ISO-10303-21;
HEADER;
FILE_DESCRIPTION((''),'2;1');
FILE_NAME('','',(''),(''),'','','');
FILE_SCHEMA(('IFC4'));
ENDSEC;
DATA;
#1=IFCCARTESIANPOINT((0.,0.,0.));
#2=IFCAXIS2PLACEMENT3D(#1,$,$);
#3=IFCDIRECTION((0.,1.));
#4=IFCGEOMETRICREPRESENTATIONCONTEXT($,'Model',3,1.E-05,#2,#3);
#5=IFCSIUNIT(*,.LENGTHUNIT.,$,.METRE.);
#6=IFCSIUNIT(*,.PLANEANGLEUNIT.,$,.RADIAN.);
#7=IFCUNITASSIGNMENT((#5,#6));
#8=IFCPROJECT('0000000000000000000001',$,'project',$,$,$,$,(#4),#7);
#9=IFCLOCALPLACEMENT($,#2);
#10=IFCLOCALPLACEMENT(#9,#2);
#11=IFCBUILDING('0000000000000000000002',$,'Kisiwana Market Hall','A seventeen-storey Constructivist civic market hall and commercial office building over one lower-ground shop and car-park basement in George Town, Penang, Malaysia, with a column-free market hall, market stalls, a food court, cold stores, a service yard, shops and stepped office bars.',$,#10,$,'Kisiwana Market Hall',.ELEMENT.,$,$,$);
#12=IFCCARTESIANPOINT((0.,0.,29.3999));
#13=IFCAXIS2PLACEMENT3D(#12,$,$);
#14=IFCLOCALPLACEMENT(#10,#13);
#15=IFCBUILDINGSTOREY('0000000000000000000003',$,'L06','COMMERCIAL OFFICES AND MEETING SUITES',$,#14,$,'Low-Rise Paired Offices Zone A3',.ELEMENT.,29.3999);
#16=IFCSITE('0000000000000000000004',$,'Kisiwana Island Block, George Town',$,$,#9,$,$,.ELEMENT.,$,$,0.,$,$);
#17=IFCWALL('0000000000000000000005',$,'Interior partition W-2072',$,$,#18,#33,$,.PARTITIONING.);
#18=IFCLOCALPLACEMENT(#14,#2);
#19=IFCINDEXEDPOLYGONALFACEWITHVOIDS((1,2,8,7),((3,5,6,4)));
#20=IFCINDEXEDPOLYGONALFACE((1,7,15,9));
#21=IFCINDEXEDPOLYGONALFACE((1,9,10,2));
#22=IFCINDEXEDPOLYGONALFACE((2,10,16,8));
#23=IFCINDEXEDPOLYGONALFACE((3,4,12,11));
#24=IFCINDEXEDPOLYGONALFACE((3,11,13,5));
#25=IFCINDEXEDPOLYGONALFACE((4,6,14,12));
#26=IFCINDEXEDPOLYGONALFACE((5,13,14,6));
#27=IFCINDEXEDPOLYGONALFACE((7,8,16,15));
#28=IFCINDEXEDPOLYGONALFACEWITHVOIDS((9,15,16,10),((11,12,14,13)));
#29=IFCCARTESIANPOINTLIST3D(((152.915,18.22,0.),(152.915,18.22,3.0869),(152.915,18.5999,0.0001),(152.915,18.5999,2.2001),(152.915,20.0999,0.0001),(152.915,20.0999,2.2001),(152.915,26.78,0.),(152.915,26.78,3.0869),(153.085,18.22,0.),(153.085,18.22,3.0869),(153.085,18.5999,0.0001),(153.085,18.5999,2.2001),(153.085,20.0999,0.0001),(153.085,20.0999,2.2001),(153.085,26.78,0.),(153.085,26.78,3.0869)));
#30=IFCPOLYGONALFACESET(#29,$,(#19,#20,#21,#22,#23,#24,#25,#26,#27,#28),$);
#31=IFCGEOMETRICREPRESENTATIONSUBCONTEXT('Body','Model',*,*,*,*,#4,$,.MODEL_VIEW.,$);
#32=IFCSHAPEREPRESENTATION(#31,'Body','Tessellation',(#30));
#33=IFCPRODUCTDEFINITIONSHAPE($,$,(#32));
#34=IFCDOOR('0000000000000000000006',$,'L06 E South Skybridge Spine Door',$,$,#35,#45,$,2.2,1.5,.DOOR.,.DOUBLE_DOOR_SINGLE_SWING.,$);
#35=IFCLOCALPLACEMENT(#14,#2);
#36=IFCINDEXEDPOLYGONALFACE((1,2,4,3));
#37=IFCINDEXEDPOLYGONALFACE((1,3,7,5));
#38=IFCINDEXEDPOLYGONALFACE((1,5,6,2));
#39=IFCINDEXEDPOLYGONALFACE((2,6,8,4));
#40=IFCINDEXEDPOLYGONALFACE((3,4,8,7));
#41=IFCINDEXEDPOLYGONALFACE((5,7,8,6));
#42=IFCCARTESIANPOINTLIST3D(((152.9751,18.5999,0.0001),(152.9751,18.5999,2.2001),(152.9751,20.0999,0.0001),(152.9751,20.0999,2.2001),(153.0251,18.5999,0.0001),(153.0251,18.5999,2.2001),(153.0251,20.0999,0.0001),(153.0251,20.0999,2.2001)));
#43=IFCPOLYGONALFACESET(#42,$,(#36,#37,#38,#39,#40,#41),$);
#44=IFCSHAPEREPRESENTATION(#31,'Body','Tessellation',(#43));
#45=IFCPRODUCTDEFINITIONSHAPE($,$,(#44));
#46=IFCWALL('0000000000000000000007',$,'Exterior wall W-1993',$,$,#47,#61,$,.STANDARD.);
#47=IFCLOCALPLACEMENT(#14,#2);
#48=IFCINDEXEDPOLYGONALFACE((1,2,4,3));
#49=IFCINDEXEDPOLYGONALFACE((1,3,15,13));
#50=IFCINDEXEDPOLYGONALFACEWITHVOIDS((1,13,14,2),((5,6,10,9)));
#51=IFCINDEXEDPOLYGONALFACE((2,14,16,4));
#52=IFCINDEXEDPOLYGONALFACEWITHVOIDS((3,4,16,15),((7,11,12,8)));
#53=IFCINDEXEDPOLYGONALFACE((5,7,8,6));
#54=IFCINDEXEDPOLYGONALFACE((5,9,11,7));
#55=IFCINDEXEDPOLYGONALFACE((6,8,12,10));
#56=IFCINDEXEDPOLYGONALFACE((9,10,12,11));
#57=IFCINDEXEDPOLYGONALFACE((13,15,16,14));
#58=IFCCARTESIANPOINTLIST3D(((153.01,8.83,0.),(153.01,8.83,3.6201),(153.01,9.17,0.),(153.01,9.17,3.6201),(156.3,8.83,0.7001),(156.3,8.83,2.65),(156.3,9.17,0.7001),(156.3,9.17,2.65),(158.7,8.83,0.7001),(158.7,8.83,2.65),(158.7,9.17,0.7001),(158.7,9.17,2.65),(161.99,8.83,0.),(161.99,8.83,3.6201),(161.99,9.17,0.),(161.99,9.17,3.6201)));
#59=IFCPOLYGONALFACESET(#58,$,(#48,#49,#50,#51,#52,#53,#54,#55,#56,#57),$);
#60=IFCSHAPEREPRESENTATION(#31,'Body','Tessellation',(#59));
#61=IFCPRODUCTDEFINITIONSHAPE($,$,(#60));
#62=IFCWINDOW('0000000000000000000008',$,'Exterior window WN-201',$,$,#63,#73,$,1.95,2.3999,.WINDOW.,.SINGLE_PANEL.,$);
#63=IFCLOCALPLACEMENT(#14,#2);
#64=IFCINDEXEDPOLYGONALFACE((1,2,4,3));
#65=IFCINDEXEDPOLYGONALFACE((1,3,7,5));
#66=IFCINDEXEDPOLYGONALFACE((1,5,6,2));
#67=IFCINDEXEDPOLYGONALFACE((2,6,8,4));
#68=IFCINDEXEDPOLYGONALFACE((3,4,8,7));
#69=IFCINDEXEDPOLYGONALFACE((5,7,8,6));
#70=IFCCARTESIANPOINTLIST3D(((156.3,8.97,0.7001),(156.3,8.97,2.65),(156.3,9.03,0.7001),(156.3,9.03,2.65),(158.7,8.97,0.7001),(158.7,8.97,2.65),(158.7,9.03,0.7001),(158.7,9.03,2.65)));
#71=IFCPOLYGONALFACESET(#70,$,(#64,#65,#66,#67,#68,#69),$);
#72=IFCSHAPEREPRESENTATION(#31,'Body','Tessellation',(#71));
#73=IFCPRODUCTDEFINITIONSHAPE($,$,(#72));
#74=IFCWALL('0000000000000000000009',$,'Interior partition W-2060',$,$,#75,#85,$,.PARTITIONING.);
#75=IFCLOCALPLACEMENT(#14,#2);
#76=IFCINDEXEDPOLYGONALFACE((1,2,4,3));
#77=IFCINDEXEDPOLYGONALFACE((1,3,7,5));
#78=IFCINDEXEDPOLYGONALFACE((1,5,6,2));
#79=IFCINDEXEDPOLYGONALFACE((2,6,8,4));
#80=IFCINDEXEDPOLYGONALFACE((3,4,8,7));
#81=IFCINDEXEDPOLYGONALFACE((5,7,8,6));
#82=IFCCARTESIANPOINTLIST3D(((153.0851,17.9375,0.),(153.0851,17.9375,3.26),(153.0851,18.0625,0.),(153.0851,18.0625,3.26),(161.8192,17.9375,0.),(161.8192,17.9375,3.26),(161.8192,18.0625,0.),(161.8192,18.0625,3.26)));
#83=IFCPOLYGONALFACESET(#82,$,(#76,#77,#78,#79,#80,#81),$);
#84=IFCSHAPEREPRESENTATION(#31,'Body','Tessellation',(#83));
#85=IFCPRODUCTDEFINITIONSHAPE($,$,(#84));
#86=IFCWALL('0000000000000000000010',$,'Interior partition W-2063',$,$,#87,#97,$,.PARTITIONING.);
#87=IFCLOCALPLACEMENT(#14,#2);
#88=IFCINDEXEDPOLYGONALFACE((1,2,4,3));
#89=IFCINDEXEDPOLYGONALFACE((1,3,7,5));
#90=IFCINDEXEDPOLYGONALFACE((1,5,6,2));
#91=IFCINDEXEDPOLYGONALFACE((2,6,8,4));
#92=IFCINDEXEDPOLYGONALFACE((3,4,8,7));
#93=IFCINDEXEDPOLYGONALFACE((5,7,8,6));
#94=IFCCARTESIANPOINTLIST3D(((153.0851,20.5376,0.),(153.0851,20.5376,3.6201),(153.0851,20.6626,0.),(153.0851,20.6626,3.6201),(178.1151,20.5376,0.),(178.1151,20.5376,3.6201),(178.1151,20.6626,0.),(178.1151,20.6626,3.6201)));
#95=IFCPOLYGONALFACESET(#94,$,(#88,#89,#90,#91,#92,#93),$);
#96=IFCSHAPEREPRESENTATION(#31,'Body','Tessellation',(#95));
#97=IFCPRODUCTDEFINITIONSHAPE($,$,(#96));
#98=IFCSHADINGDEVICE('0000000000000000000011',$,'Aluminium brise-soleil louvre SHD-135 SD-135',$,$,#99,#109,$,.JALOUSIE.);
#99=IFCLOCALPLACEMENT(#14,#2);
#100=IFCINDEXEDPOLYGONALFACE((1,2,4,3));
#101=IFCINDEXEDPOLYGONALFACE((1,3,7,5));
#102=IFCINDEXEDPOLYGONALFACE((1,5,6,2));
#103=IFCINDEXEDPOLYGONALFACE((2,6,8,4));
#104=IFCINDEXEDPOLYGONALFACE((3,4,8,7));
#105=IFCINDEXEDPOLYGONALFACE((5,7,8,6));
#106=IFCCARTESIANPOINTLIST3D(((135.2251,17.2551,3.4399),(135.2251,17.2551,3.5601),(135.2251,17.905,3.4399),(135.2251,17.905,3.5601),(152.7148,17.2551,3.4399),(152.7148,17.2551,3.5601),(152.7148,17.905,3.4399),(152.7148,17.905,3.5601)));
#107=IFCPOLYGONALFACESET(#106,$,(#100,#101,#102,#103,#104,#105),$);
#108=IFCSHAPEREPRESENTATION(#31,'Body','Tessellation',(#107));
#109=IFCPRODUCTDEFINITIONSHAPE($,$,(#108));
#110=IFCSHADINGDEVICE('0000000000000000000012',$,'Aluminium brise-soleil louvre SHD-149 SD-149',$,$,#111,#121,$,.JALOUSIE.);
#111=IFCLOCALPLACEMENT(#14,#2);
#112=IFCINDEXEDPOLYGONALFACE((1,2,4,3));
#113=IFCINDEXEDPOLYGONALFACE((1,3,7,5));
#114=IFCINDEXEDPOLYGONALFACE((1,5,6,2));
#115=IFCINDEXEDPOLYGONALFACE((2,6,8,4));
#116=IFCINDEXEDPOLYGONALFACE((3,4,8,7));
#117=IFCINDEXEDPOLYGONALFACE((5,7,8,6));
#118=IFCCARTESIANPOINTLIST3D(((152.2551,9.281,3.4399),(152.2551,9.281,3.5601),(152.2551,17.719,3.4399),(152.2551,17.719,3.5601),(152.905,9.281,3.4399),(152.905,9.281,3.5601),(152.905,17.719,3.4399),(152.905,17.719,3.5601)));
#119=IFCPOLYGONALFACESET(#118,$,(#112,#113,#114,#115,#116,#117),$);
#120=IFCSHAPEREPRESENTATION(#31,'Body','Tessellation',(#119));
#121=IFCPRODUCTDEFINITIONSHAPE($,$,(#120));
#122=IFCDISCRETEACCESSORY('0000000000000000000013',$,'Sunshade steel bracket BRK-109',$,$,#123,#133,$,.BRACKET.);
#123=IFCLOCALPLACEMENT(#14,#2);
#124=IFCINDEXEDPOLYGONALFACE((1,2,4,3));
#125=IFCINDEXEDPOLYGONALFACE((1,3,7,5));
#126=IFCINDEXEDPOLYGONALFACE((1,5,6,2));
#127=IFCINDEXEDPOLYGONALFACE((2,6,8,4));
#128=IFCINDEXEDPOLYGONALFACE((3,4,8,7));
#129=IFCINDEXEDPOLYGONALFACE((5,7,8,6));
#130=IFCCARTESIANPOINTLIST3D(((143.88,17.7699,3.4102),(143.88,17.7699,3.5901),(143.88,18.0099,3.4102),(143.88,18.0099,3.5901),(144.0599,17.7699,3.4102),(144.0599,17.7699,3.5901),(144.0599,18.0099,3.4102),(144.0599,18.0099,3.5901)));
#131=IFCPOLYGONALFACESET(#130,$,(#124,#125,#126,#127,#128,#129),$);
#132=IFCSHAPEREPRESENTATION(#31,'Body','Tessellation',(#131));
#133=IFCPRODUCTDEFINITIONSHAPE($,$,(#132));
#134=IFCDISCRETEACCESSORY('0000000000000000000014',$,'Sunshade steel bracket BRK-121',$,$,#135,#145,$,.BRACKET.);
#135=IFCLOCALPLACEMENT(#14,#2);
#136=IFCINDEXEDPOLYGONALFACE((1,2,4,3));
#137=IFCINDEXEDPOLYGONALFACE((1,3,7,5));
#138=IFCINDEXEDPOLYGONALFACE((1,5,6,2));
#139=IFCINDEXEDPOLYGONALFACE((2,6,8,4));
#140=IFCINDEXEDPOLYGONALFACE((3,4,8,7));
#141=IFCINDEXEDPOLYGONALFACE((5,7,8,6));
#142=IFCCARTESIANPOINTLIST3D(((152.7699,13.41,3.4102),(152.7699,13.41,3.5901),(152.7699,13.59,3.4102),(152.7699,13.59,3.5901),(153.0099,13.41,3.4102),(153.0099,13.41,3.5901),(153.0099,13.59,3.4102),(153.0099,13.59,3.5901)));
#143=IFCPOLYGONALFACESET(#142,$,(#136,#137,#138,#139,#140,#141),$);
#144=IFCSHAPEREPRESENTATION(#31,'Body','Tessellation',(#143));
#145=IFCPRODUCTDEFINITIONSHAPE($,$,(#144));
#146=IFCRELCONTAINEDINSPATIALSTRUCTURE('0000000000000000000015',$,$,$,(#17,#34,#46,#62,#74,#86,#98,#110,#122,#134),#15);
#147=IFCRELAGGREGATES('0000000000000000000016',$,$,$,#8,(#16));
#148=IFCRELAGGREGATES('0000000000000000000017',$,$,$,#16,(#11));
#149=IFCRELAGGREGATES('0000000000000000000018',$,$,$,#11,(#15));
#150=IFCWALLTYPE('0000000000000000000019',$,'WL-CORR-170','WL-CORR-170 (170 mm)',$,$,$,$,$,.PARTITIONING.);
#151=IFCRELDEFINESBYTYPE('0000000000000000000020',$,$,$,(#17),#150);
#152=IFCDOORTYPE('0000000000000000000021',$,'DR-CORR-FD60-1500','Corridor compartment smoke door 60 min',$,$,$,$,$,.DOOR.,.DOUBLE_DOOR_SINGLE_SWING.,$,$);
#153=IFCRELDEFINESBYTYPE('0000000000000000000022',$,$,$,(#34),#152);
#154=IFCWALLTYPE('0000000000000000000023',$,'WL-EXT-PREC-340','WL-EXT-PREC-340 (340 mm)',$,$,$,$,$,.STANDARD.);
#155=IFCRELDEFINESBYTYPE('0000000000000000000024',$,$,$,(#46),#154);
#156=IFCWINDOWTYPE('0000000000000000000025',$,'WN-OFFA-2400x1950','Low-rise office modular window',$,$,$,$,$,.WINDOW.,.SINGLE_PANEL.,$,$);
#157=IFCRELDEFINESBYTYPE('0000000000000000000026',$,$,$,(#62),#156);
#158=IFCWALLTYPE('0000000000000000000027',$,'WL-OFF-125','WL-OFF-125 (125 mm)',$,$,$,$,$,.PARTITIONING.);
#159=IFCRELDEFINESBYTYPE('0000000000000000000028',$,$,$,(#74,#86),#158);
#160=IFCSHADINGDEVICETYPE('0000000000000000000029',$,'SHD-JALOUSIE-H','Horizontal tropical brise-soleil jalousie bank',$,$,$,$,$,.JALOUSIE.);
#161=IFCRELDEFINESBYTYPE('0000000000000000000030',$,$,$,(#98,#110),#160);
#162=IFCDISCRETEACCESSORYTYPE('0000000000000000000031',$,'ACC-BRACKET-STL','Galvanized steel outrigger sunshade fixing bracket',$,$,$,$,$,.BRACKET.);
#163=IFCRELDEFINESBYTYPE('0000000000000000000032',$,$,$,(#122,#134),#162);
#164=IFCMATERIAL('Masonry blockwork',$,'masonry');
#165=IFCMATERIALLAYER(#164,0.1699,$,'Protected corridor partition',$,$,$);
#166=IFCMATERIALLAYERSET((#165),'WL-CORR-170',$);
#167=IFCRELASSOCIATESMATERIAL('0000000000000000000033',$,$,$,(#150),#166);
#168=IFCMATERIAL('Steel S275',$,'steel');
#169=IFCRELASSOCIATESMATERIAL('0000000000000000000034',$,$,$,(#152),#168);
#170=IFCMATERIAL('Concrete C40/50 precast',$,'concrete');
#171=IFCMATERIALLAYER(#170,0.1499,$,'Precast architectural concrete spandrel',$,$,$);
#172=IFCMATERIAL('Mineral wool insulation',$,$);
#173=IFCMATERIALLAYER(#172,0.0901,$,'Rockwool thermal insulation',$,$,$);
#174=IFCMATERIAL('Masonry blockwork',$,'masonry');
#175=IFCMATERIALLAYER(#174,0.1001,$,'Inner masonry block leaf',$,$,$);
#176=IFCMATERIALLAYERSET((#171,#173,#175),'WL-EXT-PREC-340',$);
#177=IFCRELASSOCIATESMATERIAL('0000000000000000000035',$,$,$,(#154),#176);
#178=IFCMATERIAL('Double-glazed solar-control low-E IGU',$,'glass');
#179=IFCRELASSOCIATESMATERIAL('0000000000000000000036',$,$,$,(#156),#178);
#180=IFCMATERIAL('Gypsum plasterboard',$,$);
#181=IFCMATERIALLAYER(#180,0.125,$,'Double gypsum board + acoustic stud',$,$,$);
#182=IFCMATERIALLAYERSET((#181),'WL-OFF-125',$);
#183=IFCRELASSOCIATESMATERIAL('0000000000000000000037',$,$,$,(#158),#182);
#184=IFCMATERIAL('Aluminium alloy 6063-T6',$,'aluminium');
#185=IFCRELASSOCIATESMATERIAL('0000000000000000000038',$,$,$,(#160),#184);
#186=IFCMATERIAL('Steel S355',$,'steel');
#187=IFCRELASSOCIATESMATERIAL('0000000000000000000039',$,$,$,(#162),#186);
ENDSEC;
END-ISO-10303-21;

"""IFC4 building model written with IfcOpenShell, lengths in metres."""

from ifc_helpers import new_model, si_unit, direction, frame, frame_2d, origin, origin_2d, place, context, subcontext, project, spatial, rectangle, extrude, material, layer, layer_set, type_object, element, fill, save


model = new_model("IFC4")

# Units and contexts
model_context = context("Model", 3, precision=1e-05, world=origin(), true_north=direction((0.0, 1.0)))
body_context = subcontext(model_context, "Body", "Model", "MODEL_VIEW")
ifc_project = project(units=[si_unit("LENGTHUNIT", "METRE"), si_unit("PLANEANGLEUNIT", "RADIAN")], contexts=[model_context])

# Site, building, storey
site_placement = place(None, origin())
site = spatial("IfcSite", under=ifc_project, at=site_placement, Name="Kisiwana Island Block, George Town", CompositionType="ELEMENT", RefElevation=0.0)
building_placement = place(site_placement, origin())
building = spatial("IfcBuilding", under=site, at=building_placement, Name="Kisiwana Market Hall", Description="A seventeen-storey Constructivist civic market hall and commercial office building over one lower-ground shop and car-park basement in George Town, Penang, Malaysia, with a column-free market hall, market stalls, a food court, cold stores, a service yard, shops and stepped office bars.", LongName="Kisiwana Market Hall", CompositionType="ELEMENT")
storey_placement = place(building_placement, frame((0.0, 0.0, 29.3999)))
storey = spatial("IfcBuildingStorey", under=building, at=storey_placement, Name="L06", Description="COMMERCIAL OFFICES AND MEETING SUITES", LongName="Low-Rise Paired Offices Zone A3", CompositionType="ELEMENT", Elevation=29.3999)

# Wall, opening, door
ifc_material_1 = material(Name="Masonry blockwork", Category="masonry")
ifc_layer_1 = layer(ifc_material_1, 0.1699, Name="Protected corridor partition")
ifc_layer_set_1 = layer_set([ifc_layer_1], Name="WL-CORR-170")
wall_type_1 = type_object("IfcWallType", Name="WL-CORR-170", Description="WL-CORR-170 (170 mm)", PredefinedType="PARTITIONING", material=ifc_layer_set_1)
wall_1_placement = place(storey_placement, frame((153.0, 18.22, 0.0), z_axis=(0.0, 0.0, 1.0), x_axis=(0.0, 1.0, 0.0)))
wall_1 = element("IfcWall", 1, at=wall_1_placement, inside=storey, type_object=wall_type_1, Name="Interior partition W-2072", PredefinedType="PARTITIONING", context=body_context, shape_type="SweptSolid", body=[
    extrude(rectangle(XDim=8.5601, YDim=0.1699, at=frame_2d((4.28, 0.0))), origin(), (0.0, 0.0, 1.0), 3.0869),
])
opening_1_placement = place(wall_1_placement, frame((0.3799, 0.0, 0.0)))
opening_1 = element("IfcOpeningElement", 2, at=opening_1_placement, cuts=wall_1, PredefinedType="OPENING", context=body_context, shape_type="SweptSolid", body=[
    extrude(rectangle(XDim=1.5, YDim=2.2, at=frame_2d((0.75, 1.1001))), frame((0.0, 0.0969, 0.0), z_axis=(0.0, -1.0, 0.0), x_axis=(1.0, 0.0, 0.0)), (0.0, 0.0, 1.0), 0.1938),
])
ifc_material_2 = material(Name="Steel S275", Category="steel")
door_type = type_object("IfcDoorType", Name="DR-CORR-FD60-1500", Description="Corridor compartment smoke door 60 min", OperationType="DOUBLE_DOOR_SINGLE_SWING", PredefinedType="DOOR", material=ifc_material_2)
door_placement = place(opening_1_placement, origin())
door = element("IfcDoor", 3, at=door_placement, inside=storey, type_object=door_type, Name="L06 E South Skybridge Spine Door", OperationType="DOUBLE_DOOR_SINGLE_SWING", OverallHeight=2.2, OverallWidth=1.5, PredefinedType="DOOR", context=body_context, shape_type="SweptSolid", body=[
    extrude(rectangle(XDim=1.5, YDim=2.2, at=frame_2d((0.75, 1.1001))), frame((0.0, 0.0249, 0.0), z_axis=(0.0, -1.0, 0.0), x_axis=(1.0, 0.0, 0.0)), (0.0, 0.0, 1.0), 0.05),
])
fill(opening_1, door)

# Wall, opening, window
ifc_material_3 = material(Name="Concrete C40/50 precast", Category="concrete")
ifc_layer_2 = layer(ifc_material_3, 0.1499, Name="Precast architectural concrete spandrel")
ifc_material_4 = material(Name="Mineral wool insulation")
ifc_layer_3 = layer(ifc_material_4, 0.0901, Name="Rockwool thermal insulation")
ifc_material_5 = material(Name="Masonry blockwork", Category="masonry")
ifc_layer_4 = layer(ifc_material_5, 0.1001, Name="Inner masonry block leaf")
ifc_layer_set_2 = layer_set([ifc_layer_2, ifc_layer_3, ifc_layer_4], Name="WL-EXT-PREC-340")
wall_type_2 = type_object("IfcWallType", Name="WL-EXT-PREC-340", Description="WL-EXT-PREC-340 (340 mm)", PredefinedType="STANDARD", material=ifc_layer_set_2)
wall_2_placement = place(storey_placement, frame((153.01, 9.0, 0.0), z_axis=(0.0, 0.0, 1.0), x_axis=(1.0, 0.0, 0.0)))
wall_2 = element("IfcWall", 4, at=wall_2_placement, inside=storey, type_object=wall_type_2, Name="Exterior wall W-1993", PredefinedType="STANDARD", context=body_context, shape_type="SweptSolid", body=[
    extrude(rectangle(XDim=8.98, YDim=0.3401, at=frame_2d((4.49, 0.0))), origin(), (0.0, 0.0, 1.0), 3.6201),
])
opening_2_placement = place(wall_2_placement, frame((3.29, 0.0, 0.7)))
opening_2 = element("IfcOpeningElement", 5, at=opening_2_placement, cuts=wall_2, PredefinedType="OPENING", context=body_context, shape_type="SweptSolid", body=[
    extrude(rectangle(XDim=2.3999, YDim=1.95, at=frame_2d((1.2, 0.9751))), frame((0.0, 0.1821, 0.0), z_axis=(0.0, -1.0, 0.0), x_axis=(1.0, 0.0, 0.0)), (0.0, 0.0, 1.0), 0.364),
])
ifc_material_6 = material(Name="Double-glazed solar-control low-E IGU", Category="glass")
window_type = type_object("IfcWindowType", Name="WN-OFFA-2400x1950", Description="Low-rise office modular window", PartitioningType="SINGLE_PANEL", PredefinedType="WINDOW", material=ifc_material_6)
window_placement = place(opening_2_placement, origin())
window = element("IfcWindow", 6, at=window_placement, inside=storey, type_object=window_type, Name="Exterior window WN-201", OverallHeight=1.95, OverallWidth=2.3999, PartitioningType="SINGLE_PANEL", PredefinedType="WINDOW", context=body_context, shape_type="SweptSolid", body=[
    extrude(rectangle(XDim=2.3999, YDim=1.95, at=frame_2d((1.2, 0.9751))), frame((0.0, 0.03, 0.0), z_axis=(0.0, -1.0, 0.0), x_axis=(1.0, 0.0, 0.0)), (0.0, 0.0, 1.0), 0.0601),
])
fill(opening_2, window)

# Walls
ifc_material_7 = material(Name="Gypsum plasterboard")
ifc_layer_5 = layer(ifc_material_7, 0.125, Name="Double gypsum board + acoustic stud")
ifc_layer_set_3 = layer_set([ifc_layer_5], Name="WL-OFF-125")
wall_type_3 = type_object("IfcWallType", Name="WL-OFF-125", Description="WL-OFF-125 (125 mm)", PredefinedType="PARTITIONING", material=ifc_layer_set_3)
wall_3_placement = place(storey_placement, frame((153.085, 18.0, 0.0), z_axis=(0.0, 0.0, 1.0), x_axis=(1.0, 0.0, 0.0)))
element("IfcWall", 7, at=wall_3_placement, inside=storey, type_object=wall_type_3, Name="Interior partition W-2060", PredefinedType="PARTITIONING", context=body_context, shape_type="SweptSolid", body=[
    extrude(rectangle(XDim=8.7341, YDim=0.125, at=frame_2d((4.3672, 0.0))), origin(), (0.0, 0.0, 1.0), 3.26),
])
wall_4_placement = place(storey_placement, frame((153.085, 20.6001, 0.0), z_axis=(0.0, 0.0, 1.0), x_axis=(1.0, 0.0, 0.0)))
element("IfcWall", 8, at=wall_4_placement, inside=storey, type_object=wall_type_3, Name="Interior partition W-2063", PredefinedType="PARTITIONING", context=body_context, shape_type="SweptSolid", body=[
    extrude(rectangle(XDim=25.03, YDim=0.125, at=frame_2d((12.5151, 0.0))), origin(), (0.0, 0.0, 1.0), 3.6201),
])

# Shading devices
ifc_material_8 = material(Name="Aluminium alloy 6063-T6", Category="aluminium")
shading_device_type = type_object("IfcShadingDeviceType", Name="SHD-JALOUSIE-H", Description="Horizontal tropical brise-soleil jalousie bank", PredefinedType="JALOUSIE", material=ifc_material_8)
shading_device_1_placement = place(storey_placement, frame((143.97, 17.5801, 3.4399), z_axis=(0.0, 0.0, 1.0), x_axis=(1.0, 0.0, 0.0)))
element("IfcShadingDevice", 9, at=shading_device_1_placement, inside=storey, type_object=shading_device_type, Name="Aluminium brise-soleil louvre SHD-135 SD-135", PredefinedType="JALOUSIE", context=body_context, shape_type="SweptSolid", body=[
    extrude(rectangle(XDim=17.4897, YDim=0.6499, at=origin_2d()), origin(), (0.0, 0.0, 1.0), 0.1201),
])
shading_device_2_placement = place(storey_placement, frame((152.5801, 13.5, 3.4399), z_axis=(0.0, 0.0, 1.0), x_axis=(0.0, 1.0, 0.0)))
element("IfcShadingDevice", 10, at=shading_device_2_placement, inside=storey, type_object=shading_device_type, Name="Aluminium brise-soleil louvre SHD-149 SD-149", PredefinedType="JALOUSIE", context=body_context, shape_type="SweptSolid", body=[
    extrude(rectangle(XDim=8.438, YDim=0.6499, at=origin_2d()), origin(), (0.0, 0.0, 1.0), 0.1201),
])

# Discrete accessories
ifc_material_9 = material(Name="Steel S355", Category="steel")
discrete_accessory_type = type_object("IfcDiscreteAccessoryType", Name="ACC-BRACKET-STL", Description="Galvanized steel outrigger sunshade fixing bracket", PredefinedType="BRACKET", material=ifc_material_9)
for number, where, z_axis, x_axis, name in (
    (11, (143.97, 17.8899, 3.4102), (0.0, 0.0, 1.0), (1.0, 0.0, 0.0), "Sunshade steel bracket BRK-109"),
    (12, (152.8899, 13.5, 3.4102), (0.0, 0.0, 1.0), (0.0, 1.0, 0.0), "Sunshade steel bracket BRK-121"),
):
    element("IfcDiscreteAccessory", number, at=place(storey_placement, frame(where, z_axis=z_axis, x_axis=x_axis)), inside=storey, type_object=discrete_accessory_type, Name=name, PredefinedType="BRACKET", context=body_context, shape_type="SweptSolid", body=[
        extrude(rectangle(XDim=0.1799, YDim=0.24, at=origin_2d()), origin(), (0.0, 0.0, 1.0), 0.1799),
    ])

save(model, "model.ifc")
